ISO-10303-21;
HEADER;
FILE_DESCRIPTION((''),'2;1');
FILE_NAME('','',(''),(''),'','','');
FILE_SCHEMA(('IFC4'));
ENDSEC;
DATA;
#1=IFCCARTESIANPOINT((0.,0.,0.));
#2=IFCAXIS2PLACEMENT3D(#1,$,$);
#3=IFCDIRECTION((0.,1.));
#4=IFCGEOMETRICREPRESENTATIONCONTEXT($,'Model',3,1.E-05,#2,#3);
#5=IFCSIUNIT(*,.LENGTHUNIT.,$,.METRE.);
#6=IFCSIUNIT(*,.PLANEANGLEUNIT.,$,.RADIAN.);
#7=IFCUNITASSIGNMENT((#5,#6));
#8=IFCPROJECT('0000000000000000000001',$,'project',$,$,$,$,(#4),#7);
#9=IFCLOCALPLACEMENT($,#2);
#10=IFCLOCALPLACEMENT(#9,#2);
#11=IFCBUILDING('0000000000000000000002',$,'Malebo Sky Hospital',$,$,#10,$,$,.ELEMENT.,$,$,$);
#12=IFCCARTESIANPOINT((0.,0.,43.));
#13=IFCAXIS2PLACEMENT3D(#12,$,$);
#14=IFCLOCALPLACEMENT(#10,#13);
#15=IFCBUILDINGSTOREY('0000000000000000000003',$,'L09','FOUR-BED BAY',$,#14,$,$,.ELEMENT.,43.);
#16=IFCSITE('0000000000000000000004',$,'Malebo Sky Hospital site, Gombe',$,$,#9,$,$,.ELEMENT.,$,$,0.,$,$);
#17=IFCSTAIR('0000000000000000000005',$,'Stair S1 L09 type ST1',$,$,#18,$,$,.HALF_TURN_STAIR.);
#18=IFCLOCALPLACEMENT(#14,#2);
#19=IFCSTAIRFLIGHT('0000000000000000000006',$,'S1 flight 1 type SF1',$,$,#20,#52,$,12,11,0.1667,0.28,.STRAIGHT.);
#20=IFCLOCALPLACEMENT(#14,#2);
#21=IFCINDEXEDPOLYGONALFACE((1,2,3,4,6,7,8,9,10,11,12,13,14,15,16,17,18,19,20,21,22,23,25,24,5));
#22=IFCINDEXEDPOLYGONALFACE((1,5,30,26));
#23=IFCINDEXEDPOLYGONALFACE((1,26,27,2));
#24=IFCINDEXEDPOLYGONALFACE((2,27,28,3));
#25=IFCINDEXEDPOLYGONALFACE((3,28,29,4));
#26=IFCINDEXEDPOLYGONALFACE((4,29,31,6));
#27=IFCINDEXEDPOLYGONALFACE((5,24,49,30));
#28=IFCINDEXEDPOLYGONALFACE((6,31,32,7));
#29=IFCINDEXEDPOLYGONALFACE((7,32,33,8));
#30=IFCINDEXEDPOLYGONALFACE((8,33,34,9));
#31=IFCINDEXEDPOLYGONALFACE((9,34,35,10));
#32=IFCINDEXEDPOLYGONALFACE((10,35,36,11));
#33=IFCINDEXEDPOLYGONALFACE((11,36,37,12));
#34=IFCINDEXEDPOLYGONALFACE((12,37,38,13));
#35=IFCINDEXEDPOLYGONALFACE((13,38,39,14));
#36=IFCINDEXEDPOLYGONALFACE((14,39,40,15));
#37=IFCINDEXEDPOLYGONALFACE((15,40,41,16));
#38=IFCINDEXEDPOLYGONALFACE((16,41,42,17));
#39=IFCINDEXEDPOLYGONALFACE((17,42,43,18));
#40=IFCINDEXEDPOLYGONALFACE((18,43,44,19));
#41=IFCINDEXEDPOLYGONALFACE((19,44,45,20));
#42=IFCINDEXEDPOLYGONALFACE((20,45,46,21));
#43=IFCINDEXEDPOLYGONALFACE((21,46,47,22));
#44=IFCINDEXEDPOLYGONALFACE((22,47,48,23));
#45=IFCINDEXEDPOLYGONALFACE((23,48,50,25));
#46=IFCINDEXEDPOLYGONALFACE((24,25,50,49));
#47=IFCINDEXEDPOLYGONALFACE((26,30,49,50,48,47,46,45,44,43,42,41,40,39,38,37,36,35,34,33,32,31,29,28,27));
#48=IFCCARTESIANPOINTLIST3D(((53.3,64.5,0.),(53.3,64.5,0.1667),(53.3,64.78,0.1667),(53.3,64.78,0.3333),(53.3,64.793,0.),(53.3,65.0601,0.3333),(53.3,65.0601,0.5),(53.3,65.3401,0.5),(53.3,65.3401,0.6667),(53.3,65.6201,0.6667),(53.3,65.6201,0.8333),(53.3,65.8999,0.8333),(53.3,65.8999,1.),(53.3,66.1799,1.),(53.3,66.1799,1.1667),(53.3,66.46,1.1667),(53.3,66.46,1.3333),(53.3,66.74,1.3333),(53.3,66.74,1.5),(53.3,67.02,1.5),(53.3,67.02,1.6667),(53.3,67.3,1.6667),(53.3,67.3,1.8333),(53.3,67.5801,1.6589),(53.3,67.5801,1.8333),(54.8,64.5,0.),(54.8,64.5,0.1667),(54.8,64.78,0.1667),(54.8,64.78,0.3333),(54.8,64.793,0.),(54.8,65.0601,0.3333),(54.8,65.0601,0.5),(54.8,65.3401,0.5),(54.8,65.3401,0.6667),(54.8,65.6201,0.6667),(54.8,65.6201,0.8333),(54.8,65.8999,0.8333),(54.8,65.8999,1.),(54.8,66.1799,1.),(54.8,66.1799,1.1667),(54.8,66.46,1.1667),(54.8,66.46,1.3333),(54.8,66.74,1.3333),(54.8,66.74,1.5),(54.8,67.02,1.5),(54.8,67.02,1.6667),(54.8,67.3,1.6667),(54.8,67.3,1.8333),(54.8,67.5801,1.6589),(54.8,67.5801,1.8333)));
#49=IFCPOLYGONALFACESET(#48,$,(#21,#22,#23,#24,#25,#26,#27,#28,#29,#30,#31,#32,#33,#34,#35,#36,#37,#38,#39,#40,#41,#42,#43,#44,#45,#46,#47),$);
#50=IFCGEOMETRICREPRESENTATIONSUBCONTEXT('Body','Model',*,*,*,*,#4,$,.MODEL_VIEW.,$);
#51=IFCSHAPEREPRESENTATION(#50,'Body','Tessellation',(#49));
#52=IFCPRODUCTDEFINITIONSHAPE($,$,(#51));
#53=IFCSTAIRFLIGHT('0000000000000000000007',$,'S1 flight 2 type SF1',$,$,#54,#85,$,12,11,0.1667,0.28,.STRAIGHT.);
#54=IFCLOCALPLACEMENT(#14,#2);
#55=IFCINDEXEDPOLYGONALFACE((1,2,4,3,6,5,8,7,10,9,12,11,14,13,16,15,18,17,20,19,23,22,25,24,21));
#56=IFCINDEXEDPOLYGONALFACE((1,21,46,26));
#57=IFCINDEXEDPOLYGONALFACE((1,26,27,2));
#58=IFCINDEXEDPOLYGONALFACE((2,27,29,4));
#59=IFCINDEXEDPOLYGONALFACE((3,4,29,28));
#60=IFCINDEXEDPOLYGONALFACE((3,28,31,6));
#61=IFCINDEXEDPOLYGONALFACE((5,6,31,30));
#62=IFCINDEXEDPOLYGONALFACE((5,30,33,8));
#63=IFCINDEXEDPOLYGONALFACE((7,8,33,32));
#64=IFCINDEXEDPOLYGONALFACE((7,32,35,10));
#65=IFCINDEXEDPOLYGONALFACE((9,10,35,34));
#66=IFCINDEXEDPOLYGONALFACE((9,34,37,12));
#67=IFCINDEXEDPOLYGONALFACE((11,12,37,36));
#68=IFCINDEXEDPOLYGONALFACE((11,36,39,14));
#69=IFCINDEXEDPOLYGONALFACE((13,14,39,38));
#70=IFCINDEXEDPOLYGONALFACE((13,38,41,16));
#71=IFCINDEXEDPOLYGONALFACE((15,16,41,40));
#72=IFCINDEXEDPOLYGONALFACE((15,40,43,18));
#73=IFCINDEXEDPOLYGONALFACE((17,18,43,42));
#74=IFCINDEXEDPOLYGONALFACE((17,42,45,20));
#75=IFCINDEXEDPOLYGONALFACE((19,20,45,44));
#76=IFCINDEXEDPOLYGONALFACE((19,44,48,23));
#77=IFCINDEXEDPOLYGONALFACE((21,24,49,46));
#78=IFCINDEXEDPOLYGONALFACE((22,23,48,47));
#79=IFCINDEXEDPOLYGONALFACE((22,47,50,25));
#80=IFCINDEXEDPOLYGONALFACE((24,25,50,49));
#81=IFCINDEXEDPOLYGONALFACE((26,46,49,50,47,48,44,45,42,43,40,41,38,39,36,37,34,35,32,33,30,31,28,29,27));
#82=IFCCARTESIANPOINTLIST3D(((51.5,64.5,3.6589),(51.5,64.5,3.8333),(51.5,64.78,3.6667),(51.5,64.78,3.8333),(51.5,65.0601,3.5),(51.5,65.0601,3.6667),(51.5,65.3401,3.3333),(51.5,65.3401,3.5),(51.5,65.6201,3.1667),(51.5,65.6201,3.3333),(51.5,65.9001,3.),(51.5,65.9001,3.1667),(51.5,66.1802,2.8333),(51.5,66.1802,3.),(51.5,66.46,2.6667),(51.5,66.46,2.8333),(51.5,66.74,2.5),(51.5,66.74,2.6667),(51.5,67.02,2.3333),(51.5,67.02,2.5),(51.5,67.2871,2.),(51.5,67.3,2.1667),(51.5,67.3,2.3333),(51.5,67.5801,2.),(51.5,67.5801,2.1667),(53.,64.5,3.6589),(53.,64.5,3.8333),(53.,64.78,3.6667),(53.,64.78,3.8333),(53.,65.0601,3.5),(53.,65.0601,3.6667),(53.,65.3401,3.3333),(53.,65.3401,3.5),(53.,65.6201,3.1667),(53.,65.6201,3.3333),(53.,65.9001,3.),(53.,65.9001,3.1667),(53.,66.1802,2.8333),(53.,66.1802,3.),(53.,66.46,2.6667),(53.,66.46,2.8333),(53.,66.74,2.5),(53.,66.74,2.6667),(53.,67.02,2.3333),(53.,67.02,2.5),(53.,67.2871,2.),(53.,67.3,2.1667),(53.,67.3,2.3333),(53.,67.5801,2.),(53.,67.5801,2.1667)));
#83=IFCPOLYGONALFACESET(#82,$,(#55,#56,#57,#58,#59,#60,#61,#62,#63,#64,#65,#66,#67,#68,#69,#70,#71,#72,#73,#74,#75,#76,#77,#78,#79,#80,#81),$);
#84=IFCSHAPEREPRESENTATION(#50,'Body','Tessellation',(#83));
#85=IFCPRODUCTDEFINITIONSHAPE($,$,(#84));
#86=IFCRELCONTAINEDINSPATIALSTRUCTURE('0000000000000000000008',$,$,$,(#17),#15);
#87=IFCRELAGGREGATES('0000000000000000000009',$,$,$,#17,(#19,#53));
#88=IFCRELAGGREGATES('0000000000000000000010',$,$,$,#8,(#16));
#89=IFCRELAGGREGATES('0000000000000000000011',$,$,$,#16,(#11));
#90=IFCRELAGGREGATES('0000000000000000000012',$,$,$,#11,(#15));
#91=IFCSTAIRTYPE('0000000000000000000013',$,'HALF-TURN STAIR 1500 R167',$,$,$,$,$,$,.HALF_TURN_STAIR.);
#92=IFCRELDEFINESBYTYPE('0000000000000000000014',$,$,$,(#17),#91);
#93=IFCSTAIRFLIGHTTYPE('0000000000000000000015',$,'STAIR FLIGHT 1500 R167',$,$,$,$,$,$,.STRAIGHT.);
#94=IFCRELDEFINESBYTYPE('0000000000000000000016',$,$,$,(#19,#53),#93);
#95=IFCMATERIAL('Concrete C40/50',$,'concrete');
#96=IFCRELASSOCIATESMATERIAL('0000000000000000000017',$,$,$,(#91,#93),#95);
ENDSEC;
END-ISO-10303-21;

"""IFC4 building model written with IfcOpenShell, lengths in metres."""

from ifc_helpers import new_model, si_unit, direction, frame, origin, place, context, subcontext, project, spatial, polyline, outline, extrude, material, type_object, element, aggregate, save


model = new_model("IFC4")

# Units and contexts
model_context = context("Model", 3, precision=1e-05, world=origin(), true_north=direction((0.0, 1.0)))
body_context = subcontext(model_context, "Body", "Model", "MODEL_VIEW")
ifc_project = project(units=[si_unit("LENGTHUNIT", "METRE"), si_unit("PLANEANGLEUNIT", "RADIAN")], contexts=[model_context])

# Site, building, storey
site_placement = place(None, origin())
site = spatial("IfcSite", under=ifc_project, at=site_placement, Name="Malebo Sky Hospital site, Gombe", CompositionType="ELEMENT", RefElevation=0.0)
building_placement = place(site_placement, origin())
building = spatial("IfcBuilding", under=site, at=building_placement, Name="Malebo Sky Hospital", CompositionType="ELEMENT")
storey_placement = place(building_placement, frame((0.0, 0.0, 43.0)))
storey = spatial("IfcBuildingStorey", under=building, at=storey_placement, Name="L09", Description="FOUR-BED BAY", CompositionType="ELEMENT", Elevation=43.0)

# Stair, stair flights
ifc_material_1 = material(Name="Concrete C40/50", Category="concrete")
stair_type = type_object("IfcStairType", Name="HALF-TURN STAIR 1500 R167", PredefinedType="HALF_TURN_STAIR", material=ifc_material_1)
stair_placement = place(storey_placement, origin())
stair = element("IfcStair", 1, at=stair_placement, inside=storey, type_object=stair_type, Name="Stair S1 L09 type ST1", PredefinedType="HALF_TURN_STAIR")
stair_flight_type = type_object("IfcStairFlightType", Name="STAIR FLIGHT 1500 R167", PredefinedType="STRAIGHT", material=ifc_material_1)
stair_flight_1_placement = place(storey_placement, frame((54.05, 64.5, 0.0), z_axis=(0.0, 0.0, 1.0), x_axis=(0.0, 1.0, 0.0)))
stair_flight_1 = element("IfcStairFlight", 2, at=stair_flight_1_placement, type_object=stair_flight_type, Name="S1 flight 1 type SF1", NumberOfRisers=12, NumberOfTreads=11, PredefinedType="STRAIGHT", RiserHeight=0.1667, TreadLength=0.28, context=body_context, shape_type="SweptSolid", body=[
    extrude(outline(polyline([(0.0, 0.0), (0.0, 0.1667), (0.28, 0.1667), (0.28, 0.3333), (0.5601, 0.3333), (0.5601, 0.5), (0.8401, 0.5), (0.8401, 0.6667), (1.1201, 0.6667), (1.1201, 0.8333), (1.3999, 0.8333), (1.3999, 1.0), (1.6799, 1.0), (1.6799, 1.1667), (1.96, 1.1667), (1.96, 1.3333), (2.24, 1.3333), (2.24, 1.5), (2.52, 1.5), (2.52, 1.6667), (2.8, 1.6667), (2.8, 1.8333), (3.0801, 1.8333), (3.0801, 2.0), (3.0801, 1.6589), (0.293, 0.0), (0.0, 0.0)])), frame((0.0, 0.75, 0.0), z_axis=(0.0, -1.0, 0.0), x_axis=(1.0, 0.0, 0.0)), (0.0, 0.0, 1.0), 1.5),
])
stair_flight_2_placement = place(storey_placement, frame((52.25, 67.5801, 2.0), z_axis=(0.0, 0.0, 1.0), x_axis=(0.0, -1.0, 0.0)))
stair_flight_2 = element("IfcStairFlight", 3, at=stair_flight_2_placement, type_object=stair_flight_type, Name="S1 flight 2 type SF1", NumberOfRisers=12, NumberOfTreads=11, PredefinedType="STRAIGHT", RiserHeight=0.1667, TreadLength=0.28, context=body_context, shape_type="SweptSolid", body=[
    extrude(outline(polyline([(0.0, 0.0), (0.0, 0.1667), (0.28, 0.1667), (0.28, 0.3333), (0.5601, 0.3333), (0.5601, 0.5), (0.8401, 0.5), (0.8401, 0.6667), (1.1201, 0.6667), (1.1201, 0.8333), (1.3999, 0.8333), (1.3999, 1.0), (1.6799, 1.0), (1.6799, 1.1667), (1.96, 1.1667), (1.96, 1.3333), (2.24, 1.3333), (2.24, 1.5), (2.52, 1.5), (2.52, 1.6667), (2.8, 1.6667), (2.8, 1.8333), (3.0801, 1.8333), (3.0801, 2.0), (3.0801, 1.6589), (0.293, 0.0), (0.0, 0.0)])), frame((0.0, 0.75, 0.0), z_axis=(0.0, -1.0, 0.0), x_axis=(1.0, 0.0, 0.0)), (0.0, 0.0, 1.0), 1.5),
])
aggregate(stair, [stair_flight_1, stair_flight_2])

save(model, "model.ifc")
